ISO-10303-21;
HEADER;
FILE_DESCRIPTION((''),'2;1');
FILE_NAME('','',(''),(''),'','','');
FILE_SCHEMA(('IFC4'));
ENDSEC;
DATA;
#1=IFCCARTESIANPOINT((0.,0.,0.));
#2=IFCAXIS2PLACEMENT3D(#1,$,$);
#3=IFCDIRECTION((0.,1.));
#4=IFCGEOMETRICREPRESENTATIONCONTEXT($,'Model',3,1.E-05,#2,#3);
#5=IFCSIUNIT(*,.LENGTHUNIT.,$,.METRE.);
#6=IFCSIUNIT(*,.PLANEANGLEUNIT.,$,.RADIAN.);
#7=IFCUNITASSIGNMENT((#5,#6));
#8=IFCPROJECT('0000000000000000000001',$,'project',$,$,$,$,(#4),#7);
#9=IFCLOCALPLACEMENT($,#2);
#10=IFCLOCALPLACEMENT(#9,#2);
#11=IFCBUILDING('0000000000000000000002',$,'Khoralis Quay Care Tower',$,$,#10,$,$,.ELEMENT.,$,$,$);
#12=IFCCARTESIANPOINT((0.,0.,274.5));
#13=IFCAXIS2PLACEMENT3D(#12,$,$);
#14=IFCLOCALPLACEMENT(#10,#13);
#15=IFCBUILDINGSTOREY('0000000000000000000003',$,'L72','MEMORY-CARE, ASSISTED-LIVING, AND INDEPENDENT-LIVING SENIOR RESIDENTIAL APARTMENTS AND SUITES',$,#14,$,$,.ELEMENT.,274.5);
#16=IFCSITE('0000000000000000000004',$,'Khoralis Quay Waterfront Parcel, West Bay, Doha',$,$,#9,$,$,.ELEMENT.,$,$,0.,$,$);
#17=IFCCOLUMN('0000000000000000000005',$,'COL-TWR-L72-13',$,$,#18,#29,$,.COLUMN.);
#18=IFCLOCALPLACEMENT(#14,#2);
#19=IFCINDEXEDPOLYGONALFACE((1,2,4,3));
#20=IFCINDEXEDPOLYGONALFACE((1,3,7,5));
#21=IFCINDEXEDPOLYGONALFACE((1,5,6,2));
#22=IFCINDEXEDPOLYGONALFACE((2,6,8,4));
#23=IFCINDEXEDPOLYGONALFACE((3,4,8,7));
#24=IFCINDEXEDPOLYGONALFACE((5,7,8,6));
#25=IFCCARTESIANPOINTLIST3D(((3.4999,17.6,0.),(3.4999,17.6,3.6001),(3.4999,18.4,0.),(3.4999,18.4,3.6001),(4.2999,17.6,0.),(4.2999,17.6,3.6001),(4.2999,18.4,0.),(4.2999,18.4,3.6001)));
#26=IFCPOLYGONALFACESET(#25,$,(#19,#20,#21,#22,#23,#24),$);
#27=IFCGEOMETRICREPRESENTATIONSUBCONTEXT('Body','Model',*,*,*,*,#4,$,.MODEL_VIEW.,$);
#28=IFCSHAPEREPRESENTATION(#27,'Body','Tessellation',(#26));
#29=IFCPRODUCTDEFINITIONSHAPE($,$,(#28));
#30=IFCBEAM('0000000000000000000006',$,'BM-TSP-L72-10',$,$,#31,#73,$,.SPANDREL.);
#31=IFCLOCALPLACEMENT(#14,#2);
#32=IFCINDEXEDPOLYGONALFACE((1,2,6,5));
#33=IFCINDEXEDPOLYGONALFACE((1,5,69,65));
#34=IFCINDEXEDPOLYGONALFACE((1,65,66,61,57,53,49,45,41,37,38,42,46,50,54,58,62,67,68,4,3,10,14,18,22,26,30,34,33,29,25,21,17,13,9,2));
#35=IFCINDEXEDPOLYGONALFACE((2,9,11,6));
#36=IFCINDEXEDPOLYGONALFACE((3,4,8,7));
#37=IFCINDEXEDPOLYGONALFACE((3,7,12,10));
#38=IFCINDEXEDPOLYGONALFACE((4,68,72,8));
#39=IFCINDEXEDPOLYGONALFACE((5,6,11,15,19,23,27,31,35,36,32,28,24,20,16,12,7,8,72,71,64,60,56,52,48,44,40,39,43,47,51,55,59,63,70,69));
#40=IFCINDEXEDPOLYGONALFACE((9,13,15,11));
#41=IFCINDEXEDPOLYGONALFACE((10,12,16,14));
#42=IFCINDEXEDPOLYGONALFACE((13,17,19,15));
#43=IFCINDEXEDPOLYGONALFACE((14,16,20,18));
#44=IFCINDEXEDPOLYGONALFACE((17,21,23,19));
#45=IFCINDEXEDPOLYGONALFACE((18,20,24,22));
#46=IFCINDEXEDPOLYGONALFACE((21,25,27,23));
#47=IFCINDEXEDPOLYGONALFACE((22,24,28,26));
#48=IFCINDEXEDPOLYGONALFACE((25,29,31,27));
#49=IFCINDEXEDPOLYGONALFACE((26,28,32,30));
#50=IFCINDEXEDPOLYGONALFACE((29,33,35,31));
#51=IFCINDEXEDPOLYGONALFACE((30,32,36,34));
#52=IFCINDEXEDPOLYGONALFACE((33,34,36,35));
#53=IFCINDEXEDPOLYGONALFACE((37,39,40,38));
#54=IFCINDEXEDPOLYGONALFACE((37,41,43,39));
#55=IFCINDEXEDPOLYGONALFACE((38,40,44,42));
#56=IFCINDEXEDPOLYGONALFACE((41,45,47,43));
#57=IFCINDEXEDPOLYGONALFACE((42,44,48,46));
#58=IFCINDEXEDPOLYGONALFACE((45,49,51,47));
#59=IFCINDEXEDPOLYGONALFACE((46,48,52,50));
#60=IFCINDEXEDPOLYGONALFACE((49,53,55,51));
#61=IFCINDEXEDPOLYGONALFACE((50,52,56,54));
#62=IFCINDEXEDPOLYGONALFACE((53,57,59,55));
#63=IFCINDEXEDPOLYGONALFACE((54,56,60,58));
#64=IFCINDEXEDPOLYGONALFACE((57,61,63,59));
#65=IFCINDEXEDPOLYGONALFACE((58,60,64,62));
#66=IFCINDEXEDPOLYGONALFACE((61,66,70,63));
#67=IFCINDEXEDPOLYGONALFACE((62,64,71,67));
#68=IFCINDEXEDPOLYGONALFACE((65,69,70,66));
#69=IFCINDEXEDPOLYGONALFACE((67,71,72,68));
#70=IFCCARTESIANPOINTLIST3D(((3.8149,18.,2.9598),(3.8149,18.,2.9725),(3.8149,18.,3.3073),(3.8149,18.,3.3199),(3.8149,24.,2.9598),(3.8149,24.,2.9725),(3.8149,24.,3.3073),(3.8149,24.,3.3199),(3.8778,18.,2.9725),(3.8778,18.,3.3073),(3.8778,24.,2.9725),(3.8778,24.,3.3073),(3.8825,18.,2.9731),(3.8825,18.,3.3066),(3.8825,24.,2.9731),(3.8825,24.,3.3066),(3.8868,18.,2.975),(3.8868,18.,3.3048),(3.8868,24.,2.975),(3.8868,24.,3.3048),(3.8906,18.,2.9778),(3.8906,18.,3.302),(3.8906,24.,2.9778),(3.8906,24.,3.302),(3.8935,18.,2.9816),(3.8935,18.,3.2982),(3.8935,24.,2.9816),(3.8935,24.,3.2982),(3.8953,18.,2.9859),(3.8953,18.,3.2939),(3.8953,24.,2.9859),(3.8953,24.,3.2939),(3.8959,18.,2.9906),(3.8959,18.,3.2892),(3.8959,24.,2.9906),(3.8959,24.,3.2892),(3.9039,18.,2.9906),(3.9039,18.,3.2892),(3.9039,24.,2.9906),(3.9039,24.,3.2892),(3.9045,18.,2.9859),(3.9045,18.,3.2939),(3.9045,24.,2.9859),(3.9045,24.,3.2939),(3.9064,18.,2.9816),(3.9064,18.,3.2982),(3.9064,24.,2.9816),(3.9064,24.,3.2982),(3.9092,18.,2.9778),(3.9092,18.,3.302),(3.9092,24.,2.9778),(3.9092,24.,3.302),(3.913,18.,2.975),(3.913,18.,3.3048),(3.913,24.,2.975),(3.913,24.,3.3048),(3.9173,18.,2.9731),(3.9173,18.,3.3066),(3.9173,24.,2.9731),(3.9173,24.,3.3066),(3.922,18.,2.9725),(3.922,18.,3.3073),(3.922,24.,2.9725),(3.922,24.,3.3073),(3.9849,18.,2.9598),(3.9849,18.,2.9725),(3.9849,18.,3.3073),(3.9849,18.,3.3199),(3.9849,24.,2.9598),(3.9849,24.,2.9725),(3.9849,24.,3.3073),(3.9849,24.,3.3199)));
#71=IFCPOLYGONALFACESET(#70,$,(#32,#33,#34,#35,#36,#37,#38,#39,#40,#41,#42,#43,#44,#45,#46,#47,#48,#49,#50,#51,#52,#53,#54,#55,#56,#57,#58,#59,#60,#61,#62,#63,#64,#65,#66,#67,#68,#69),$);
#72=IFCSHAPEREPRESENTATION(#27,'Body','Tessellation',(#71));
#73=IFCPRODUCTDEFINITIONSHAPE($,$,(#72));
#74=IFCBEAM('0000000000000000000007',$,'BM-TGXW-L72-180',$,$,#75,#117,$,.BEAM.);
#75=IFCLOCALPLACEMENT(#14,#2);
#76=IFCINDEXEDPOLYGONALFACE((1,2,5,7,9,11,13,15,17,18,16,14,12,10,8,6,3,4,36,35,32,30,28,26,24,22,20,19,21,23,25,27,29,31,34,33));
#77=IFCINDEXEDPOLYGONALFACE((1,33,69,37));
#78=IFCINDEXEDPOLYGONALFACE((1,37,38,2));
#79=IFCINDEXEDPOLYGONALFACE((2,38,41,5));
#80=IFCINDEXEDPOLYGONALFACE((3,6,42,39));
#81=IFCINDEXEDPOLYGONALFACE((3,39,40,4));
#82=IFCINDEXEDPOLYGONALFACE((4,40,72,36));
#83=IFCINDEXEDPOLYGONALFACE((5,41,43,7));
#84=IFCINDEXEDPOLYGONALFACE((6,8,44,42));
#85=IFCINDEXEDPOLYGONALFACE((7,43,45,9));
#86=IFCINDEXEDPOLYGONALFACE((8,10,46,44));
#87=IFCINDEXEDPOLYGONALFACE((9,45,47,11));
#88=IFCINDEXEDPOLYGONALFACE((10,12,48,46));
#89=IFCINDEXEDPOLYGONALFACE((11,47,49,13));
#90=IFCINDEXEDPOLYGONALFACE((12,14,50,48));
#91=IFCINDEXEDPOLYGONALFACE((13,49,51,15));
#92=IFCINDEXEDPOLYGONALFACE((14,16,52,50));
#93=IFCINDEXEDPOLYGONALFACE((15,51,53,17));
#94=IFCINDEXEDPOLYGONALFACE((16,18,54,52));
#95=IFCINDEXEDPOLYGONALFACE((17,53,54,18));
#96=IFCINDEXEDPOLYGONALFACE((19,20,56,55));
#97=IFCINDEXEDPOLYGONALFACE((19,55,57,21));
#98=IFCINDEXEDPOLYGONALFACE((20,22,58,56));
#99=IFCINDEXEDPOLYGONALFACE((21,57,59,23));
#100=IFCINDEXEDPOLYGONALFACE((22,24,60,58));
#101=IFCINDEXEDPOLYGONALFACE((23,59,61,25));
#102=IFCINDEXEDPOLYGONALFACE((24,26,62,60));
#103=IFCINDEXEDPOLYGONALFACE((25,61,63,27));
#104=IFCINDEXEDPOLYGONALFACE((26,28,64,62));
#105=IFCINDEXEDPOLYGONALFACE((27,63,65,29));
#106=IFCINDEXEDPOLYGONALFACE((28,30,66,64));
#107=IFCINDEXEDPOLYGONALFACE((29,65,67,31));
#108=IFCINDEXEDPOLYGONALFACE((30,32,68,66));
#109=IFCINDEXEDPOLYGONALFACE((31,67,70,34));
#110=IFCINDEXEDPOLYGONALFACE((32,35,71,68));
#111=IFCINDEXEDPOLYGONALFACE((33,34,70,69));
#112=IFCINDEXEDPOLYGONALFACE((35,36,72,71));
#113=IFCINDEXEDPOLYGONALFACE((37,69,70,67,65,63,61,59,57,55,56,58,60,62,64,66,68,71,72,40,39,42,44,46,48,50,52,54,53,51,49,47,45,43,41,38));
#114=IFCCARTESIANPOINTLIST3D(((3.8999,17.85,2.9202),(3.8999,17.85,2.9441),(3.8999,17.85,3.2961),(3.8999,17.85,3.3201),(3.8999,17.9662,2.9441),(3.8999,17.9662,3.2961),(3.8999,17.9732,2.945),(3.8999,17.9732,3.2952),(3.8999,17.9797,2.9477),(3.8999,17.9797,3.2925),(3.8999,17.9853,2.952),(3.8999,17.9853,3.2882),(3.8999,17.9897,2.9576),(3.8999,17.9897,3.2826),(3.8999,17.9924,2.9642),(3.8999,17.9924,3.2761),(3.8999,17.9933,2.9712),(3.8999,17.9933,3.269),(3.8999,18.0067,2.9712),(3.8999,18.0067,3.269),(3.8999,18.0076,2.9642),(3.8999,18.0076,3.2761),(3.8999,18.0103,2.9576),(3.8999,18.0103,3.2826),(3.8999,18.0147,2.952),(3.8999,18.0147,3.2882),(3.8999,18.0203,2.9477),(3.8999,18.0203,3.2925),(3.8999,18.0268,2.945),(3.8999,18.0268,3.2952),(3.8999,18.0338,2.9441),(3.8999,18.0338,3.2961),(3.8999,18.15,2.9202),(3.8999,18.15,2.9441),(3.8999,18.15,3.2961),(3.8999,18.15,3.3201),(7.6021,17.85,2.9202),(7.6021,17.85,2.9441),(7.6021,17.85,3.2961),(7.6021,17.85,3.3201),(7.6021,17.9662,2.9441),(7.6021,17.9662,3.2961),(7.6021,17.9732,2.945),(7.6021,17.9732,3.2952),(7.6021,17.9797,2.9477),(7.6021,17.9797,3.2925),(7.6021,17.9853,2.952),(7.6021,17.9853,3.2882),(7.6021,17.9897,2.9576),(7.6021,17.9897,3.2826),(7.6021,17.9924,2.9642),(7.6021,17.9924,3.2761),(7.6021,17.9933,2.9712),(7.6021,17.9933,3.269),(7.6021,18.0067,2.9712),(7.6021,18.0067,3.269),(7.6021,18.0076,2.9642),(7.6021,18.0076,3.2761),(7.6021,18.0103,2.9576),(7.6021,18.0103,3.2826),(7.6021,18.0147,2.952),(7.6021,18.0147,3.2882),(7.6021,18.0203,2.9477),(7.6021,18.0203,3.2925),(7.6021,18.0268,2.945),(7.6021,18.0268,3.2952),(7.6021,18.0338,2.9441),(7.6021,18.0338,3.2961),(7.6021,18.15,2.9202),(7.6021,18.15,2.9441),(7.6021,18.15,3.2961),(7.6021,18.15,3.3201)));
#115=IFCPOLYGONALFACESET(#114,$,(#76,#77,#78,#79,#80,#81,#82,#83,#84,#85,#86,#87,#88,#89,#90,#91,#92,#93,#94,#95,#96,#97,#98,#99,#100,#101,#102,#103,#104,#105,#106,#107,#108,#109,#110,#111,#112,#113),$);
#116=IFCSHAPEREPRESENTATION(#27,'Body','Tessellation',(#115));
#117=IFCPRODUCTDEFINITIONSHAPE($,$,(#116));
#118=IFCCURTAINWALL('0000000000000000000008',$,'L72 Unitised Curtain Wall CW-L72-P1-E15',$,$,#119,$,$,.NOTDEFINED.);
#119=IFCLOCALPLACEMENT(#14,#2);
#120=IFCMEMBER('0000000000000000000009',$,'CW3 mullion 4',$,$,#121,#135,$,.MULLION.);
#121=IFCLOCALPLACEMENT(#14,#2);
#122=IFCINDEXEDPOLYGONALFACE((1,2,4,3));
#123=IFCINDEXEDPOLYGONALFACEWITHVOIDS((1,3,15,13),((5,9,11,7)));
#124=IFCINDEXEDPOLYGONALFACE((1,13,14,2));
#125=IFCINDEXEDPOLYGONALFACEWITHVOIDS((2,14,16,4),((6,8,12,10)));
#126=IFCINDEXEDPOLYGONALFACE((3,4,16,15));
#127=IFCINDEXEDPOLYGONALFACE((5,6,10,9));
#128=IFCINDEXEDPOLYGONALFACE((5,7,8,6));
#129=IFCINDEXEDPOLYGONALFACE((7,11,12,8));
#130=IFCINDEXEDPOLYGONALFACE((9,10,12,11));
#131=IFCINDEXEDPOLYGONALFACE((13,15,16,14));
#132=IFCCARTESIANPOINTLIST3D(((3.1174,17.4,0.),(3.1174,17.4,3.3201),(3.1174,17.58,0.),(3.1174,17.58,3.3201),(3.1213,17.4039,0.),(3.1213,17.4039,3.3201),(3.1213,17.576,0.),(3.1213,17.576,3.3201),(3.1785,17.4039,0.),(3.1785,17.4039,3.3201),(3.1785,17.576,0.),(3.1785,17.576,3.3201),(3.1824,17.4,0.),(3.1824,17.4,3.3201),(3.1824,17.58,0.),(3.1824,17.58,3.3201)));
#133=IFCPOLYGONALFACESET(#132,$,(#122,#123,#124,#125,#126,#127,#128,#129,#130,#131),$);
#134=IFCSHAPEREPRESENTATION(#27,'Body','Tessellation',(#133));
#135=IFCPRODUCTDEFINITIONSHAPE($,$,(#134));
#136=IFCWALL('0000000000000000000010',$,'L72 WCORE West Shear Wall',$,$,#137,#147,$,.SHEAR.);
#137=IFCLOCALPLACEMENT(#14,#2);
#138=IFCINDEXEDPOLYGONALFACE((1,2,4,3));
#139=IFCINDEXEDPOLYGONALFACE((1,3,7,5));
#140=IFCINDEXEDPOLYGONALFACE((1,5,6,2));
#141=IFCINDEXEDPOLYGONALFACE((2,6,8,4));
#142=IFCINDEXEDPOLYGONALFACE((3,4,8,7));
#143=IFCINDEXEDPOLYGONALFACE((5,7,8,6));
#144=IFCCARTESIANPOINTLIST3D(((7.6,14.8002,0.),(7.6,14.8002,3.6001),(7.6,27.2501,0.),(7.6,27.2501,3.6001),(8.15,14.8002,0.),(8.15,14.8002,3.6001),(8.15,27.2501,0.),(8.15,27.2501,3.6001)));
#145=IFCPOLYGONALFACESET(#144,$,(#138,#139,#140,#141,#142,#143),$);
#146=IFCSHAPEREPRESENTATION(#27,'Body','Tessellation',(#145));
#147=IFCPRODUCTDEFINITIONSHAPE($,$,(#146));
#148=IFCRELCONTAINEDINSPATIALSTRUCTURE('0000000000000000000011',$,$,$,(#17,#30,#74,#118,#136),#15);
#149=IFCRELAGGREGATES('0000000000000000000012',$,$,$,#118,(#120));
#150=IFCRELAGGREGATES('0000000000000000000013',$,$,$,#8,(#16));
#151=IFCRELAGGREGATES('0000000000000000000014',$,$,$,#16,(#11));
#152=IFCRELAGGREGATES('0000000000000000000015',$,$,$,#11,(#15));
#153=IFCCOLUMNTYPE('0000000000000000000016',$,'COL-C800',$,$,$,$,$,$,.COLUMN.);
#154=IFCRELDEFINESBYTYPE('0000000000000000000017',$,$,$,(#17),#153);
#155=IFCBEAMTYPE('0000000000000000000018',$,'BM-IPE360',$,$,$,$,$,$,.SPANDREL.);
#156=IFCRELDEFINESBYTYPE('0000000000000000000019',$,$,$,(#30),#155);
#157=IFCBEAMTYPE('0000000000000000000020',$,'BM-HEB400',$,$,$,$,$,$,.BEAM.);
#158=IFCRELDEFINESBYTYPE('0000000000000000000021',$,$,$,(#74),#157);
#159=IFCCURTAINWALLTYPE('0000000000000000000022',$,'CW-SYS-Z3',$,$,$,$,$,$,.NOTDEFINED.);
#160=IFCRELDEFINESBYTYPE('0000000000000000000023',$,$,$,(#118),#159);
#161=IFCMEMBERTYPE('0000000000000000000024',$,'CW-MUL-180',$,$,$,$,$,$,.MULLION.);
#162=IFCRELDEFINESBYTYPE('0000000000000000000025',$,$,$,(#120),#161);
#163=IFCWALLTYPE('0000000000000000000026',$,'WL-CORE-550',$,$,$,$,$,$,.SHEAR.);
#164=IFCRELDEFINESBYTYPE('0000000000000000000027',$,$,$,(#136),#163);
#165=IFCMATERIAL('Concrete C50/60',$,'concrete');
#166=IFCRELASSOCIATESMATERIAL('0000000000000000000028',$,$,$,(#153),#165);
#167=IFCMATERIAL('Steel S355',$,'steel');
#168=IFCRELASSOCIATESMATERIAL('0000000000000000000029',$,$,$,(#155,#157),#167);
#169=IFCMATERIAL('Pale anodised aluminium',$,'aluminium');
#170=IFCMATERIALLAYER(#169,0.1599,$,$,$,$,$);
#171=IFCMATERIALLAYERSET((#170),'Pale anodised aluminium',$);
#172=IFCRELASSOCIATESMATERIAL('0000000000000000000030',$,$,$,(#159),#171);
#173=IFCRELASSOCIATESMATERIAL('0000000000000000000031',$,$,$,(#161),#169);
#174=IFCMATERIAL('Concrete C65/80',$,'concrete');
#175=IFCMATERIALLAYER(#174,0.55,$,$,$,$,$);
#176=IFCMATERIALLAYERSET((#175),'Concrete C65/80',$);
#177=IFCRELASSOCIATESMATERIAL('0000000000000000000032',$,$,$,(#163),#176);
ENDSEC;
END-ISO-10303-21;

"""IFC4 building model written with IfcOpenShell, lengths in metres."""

from ifc_helpers import new_model, si_unit, direction, frame, frame_2d, origin, origin_2d, place, context, subcontext, project, spatial, rectangle, hollow_rectangle, i_section, extrude, source, transform, mapped, material, layer, layer_set, material_profile, profile_set, type_object, element, aggregate, save


model = new_model("IFC4")

# Units and contexts
model_context = context("Model", 3, precision=1e-05, world=origin(), true_north=direction((0.0, 1.0)))
body_context = subcontext(model_context, "Body", "Model", "MODEL_VIEW")
ifc_project = project(units=[si_unit("LENGTHUNIT", "METRE"), si_unit("PLANEANGLEUNIT", "RADIAN")], contexts=[model_context])

# Site, building, storey
site_placement = place(None, origin())
site = spatial("IfcSite", under=ifc_project, at=site_placement, Name="Khoralis Quay Waterfront Parcel, West Bay, Doha", CompositionType="ELEMENT", RefElevation=0.0)
building_placement = place(site_placement, origin())
building = spatial("IfcBuilding", under=site, at=building_placement, Name="Khoralis Quay Care Tower", CompositionType="ELEMENT")
storey_placement = place(building_placement, frame((0.0, 0.0, 274.5)))
storey = spatial("IfcBuildingStorey", under=building, at=storey_placement, Name="L72", Description="MEMORY-CARE, ASSISTED-LIVING, AND INDEPENDENT-LIVING SENIOR RESIDENTIAL APARTMENTS AND SUITES", CompositionType="ELEMENT", Elevation=274.5)

# Column
ifc_material_1 = material(Name="Concrete C50/60", Category="concrete")
ifc_material_profile_1 = material_profile(ifc_material_1, rectangle(XDim=0.8, YDim=0.8, at=origin_2d()), Name="Concrete C50/60")
ifc_profile_set_1 = profile_set([ifc_material_profile_1], Name="Concrete C50/60")
column_type = type_object("IfcColumnType", Name="COL-C800", PredefinedType="COLUMN", material=ifc_profile_set_1)
shared_shape_1 = source(origin(), body_context, "Body", "SweptSolid", [
    extrude(rectangle(XDim=0.8, YDim=0.8, at=origin_2d()), origin(), (0.0, 0.0, 1.0), 3.6001),
])
column_placement = place(storey_placement, frame((3.8999, 18.0, 0.0), z_axis=(0.0, 0.0, 1.0), x_axis=(1.0, 0.0, 0.0)))
element("IfcColumn", 1, at=column_placement, inside=storey, type_object=column_type, Name="COL-TWR-L72-13", PredefinedType="COLUMN", context=body_context, shape_type="MappedRepresentation", body=[
    mapped(shared_shape_1, transform((0.0, 0.0, 0.0), scale=1.0)),
])

# Beams
ifc_material_2 = material(Name="Steel S355", Category="steel")
ifc_material_profile_2 = material_profile(ifc_material_2, i_section(OverallWidth=0.1699, OverallDepth=0.3601, WebThickness=0.0081, FlangeThickness=0.0127, FilletRadius=0.0181, at=origin_2d()), Name="Steel S355")
ifc_profile_set_2 = profile_set([ifc_material_profile_2], Name="Steel S355")
beam_type_1 = type_object("IfcBeamType", Name="BM-IPE360", PredefinedType="SPANDREL", material=ifc_profile_set_2)
shared_shape_2 = source(origin(), body_context, "Body", "SweptSolid", [
    extrude(i_section(OverallWidth=0.1699, OverallDepth=0.3601, WebThickness=0.0081, FlangeThickness=0.0127, FilletRadius=0.0181, at=origin_2d()), origin(), (0.0, 0.0, 1.0), 6.0),
])
beam_1_placement = place(storey_placement, frame((3.8999, 18.0, 3.1399), z_axis=(0.0, 1.0, 0.0), x_axis=(-1.0, 0.0, 0.0)))
element("IfcBeam", 2, at=beam_1_placement, inside=storey, type_object=beam_type_1, Name="BM-TSP-L72-10", PredefinedType="SPANDREL", context=body_context, shape_type="MappedRepresentation", body=[
    mapped(shared_shape_2, transform((0.0, 0.0, 0.0), scale=1.0)),
])
ifc_material_profile_3 = material_profile(ifc_material_2, i_section(OverallWidth=0.3, OverallDepth=0.3999, WebThickness=0.0134, FlangeThickness=0.0239, FilletRadius=0.0271, at=origin_2d()), Name="Steel S355")
ifc_profile_set_3 = profile_set([ifc_material_profile_3], Name="Steel S355")
beam_type_2 = type_object("IfcBeamType", Name="BM-HEB400", PredefinedType="BEAM", material=ifc_profile_set_3)
shared_shape_3 = source(origin(), body_context, "Body", "SweptSolid", [
    extrude(i_section(OverallWidth=0.3, OverallDepth=0.3999, WebThickness=0.0134, FlangeThickness=0.0239, FilletRadius=0.0271, at=origin_2d()), origin(), (0.0, 0.0, 1.0), 3.7021),
])
beam_2_placement = place(storey_placement, frame((3.8999, 18.0, 3.1201), z_axis=(1.0, 0.0, 0.0), x_axis=(0.0, 1.0, 0.0)))
element("IfcBeam", 3, at=beam_2_placement, inside=storey, type_object=beam_type_2, Name="BM-TGXW-L72-180", PredefinedType="BEAM", context=body_context, shape_type="MappedRepresentation", body=[
    mapped(shared_shape_3, transform((0.0, 0.0, 0.0), scale=1.0)),
])

# Curtain wall, member
ifc_material_3 = material(Name="Pale anodised aluminium", Category="aluminium")
ifc_layer_1 = layer(ifc_material_3, 0.1599)
ifc_layer_set_1 = layer_set([ifc_layer_1], Name="Pale anodised aluminium")
curtain_wall_type = type_object("IfcCurtainWallType", Name="CW-SYS-Z3", PredefinedType="NOTDEFINED", material=ifc_layer_set_1)
curtain_wall_placement = place(storey_placement, origin())
curtain_wall = element("IfcCurtainWall", 4, at=curtain_wall_placement, inside=storey, type_object=curtain_wall_type, Name="L72 Unitised Curtain Wall CW-L72-P1-E15", PredefinedType="NOTDEFINED")
ifc_material_profile_4 = material_profile(ifc_material_3, hollow_rectangle(XDim=0.0649, YDim=0.1799, WallThickness=0.0039, at=origin_2d()), Name="Pale anodised aluminium")
ifc_profile_set_4 = profile_set([ifc_material_profile_4], Name="Pale anodised aluminium")
member_type = type_object("IfcMemberType", Name="CW-MUL-180", PredefinedType="MULLION", material=ifc_profile_set_4)
shared_shape_4 = source(origin(), body_context, "Body", "SweptSolid", [
    extrude(hollow_rectangle(XDim=0.0649, YDim=0.1799, WallThickness=0.0039, at=origin_2d()), origin(), (0.0, 0.0, 1.0), 3.3201),
])
member_placement = place(storey_placement, frame((3.1499, 17.49, 0.0), z_axis=(0.0, 0.0, 1.0), x_axis=(1.0, 0.0, 0.0)))
member = element("IfcMember", 5, at=member_placement, type_object=member_type, Name="CW3 mullion 4", PredefinedType="MULLION", context=body_context, shape_type="MappedRepresentation", body=[
    mapped(shared_shape_4, transform((0.0, 0.0, 0.0), scale=1.0)),
])
aggregate(curtain_wall, [member])

# Wall
ifc_material_4 = material(Name="Concrete C65/80", Category="concrete")
ifc_layer_2 = layer(ifc_material_4, 0.55)
ifc_layer_set_2 = layer_set([ifc_layer_2], Name="Concrete C65/80")
wall_type_1 = type_object("IfcWallType", Name="WL-CORE-550", PredefinedType="SHEAR", material=ifc_layer_set_2)
wall_1_placement = place(storey_placement, frame((7.875, 14.8, 0.0), z_axis=(0.0, 0.0, 1.0), x_axis=(0.0, 1.0, 0.0)))
element("IfcWall", 6, at=wall_1_placement, inside=storey, type_object=wall_type_1, Name="L72 WCORE West Shear Wall", PredefinedType="SHEAR", context=body_context, shape_type="SweptSolid", body=[
    extrude(rectangle(XDim=12.45, YDim=0.55, at=frame_2d((6.2251, 0.0))), origin(), (0.0, 0.0, 1.0), 3.6001),
])

save(model, "model.ifc")
